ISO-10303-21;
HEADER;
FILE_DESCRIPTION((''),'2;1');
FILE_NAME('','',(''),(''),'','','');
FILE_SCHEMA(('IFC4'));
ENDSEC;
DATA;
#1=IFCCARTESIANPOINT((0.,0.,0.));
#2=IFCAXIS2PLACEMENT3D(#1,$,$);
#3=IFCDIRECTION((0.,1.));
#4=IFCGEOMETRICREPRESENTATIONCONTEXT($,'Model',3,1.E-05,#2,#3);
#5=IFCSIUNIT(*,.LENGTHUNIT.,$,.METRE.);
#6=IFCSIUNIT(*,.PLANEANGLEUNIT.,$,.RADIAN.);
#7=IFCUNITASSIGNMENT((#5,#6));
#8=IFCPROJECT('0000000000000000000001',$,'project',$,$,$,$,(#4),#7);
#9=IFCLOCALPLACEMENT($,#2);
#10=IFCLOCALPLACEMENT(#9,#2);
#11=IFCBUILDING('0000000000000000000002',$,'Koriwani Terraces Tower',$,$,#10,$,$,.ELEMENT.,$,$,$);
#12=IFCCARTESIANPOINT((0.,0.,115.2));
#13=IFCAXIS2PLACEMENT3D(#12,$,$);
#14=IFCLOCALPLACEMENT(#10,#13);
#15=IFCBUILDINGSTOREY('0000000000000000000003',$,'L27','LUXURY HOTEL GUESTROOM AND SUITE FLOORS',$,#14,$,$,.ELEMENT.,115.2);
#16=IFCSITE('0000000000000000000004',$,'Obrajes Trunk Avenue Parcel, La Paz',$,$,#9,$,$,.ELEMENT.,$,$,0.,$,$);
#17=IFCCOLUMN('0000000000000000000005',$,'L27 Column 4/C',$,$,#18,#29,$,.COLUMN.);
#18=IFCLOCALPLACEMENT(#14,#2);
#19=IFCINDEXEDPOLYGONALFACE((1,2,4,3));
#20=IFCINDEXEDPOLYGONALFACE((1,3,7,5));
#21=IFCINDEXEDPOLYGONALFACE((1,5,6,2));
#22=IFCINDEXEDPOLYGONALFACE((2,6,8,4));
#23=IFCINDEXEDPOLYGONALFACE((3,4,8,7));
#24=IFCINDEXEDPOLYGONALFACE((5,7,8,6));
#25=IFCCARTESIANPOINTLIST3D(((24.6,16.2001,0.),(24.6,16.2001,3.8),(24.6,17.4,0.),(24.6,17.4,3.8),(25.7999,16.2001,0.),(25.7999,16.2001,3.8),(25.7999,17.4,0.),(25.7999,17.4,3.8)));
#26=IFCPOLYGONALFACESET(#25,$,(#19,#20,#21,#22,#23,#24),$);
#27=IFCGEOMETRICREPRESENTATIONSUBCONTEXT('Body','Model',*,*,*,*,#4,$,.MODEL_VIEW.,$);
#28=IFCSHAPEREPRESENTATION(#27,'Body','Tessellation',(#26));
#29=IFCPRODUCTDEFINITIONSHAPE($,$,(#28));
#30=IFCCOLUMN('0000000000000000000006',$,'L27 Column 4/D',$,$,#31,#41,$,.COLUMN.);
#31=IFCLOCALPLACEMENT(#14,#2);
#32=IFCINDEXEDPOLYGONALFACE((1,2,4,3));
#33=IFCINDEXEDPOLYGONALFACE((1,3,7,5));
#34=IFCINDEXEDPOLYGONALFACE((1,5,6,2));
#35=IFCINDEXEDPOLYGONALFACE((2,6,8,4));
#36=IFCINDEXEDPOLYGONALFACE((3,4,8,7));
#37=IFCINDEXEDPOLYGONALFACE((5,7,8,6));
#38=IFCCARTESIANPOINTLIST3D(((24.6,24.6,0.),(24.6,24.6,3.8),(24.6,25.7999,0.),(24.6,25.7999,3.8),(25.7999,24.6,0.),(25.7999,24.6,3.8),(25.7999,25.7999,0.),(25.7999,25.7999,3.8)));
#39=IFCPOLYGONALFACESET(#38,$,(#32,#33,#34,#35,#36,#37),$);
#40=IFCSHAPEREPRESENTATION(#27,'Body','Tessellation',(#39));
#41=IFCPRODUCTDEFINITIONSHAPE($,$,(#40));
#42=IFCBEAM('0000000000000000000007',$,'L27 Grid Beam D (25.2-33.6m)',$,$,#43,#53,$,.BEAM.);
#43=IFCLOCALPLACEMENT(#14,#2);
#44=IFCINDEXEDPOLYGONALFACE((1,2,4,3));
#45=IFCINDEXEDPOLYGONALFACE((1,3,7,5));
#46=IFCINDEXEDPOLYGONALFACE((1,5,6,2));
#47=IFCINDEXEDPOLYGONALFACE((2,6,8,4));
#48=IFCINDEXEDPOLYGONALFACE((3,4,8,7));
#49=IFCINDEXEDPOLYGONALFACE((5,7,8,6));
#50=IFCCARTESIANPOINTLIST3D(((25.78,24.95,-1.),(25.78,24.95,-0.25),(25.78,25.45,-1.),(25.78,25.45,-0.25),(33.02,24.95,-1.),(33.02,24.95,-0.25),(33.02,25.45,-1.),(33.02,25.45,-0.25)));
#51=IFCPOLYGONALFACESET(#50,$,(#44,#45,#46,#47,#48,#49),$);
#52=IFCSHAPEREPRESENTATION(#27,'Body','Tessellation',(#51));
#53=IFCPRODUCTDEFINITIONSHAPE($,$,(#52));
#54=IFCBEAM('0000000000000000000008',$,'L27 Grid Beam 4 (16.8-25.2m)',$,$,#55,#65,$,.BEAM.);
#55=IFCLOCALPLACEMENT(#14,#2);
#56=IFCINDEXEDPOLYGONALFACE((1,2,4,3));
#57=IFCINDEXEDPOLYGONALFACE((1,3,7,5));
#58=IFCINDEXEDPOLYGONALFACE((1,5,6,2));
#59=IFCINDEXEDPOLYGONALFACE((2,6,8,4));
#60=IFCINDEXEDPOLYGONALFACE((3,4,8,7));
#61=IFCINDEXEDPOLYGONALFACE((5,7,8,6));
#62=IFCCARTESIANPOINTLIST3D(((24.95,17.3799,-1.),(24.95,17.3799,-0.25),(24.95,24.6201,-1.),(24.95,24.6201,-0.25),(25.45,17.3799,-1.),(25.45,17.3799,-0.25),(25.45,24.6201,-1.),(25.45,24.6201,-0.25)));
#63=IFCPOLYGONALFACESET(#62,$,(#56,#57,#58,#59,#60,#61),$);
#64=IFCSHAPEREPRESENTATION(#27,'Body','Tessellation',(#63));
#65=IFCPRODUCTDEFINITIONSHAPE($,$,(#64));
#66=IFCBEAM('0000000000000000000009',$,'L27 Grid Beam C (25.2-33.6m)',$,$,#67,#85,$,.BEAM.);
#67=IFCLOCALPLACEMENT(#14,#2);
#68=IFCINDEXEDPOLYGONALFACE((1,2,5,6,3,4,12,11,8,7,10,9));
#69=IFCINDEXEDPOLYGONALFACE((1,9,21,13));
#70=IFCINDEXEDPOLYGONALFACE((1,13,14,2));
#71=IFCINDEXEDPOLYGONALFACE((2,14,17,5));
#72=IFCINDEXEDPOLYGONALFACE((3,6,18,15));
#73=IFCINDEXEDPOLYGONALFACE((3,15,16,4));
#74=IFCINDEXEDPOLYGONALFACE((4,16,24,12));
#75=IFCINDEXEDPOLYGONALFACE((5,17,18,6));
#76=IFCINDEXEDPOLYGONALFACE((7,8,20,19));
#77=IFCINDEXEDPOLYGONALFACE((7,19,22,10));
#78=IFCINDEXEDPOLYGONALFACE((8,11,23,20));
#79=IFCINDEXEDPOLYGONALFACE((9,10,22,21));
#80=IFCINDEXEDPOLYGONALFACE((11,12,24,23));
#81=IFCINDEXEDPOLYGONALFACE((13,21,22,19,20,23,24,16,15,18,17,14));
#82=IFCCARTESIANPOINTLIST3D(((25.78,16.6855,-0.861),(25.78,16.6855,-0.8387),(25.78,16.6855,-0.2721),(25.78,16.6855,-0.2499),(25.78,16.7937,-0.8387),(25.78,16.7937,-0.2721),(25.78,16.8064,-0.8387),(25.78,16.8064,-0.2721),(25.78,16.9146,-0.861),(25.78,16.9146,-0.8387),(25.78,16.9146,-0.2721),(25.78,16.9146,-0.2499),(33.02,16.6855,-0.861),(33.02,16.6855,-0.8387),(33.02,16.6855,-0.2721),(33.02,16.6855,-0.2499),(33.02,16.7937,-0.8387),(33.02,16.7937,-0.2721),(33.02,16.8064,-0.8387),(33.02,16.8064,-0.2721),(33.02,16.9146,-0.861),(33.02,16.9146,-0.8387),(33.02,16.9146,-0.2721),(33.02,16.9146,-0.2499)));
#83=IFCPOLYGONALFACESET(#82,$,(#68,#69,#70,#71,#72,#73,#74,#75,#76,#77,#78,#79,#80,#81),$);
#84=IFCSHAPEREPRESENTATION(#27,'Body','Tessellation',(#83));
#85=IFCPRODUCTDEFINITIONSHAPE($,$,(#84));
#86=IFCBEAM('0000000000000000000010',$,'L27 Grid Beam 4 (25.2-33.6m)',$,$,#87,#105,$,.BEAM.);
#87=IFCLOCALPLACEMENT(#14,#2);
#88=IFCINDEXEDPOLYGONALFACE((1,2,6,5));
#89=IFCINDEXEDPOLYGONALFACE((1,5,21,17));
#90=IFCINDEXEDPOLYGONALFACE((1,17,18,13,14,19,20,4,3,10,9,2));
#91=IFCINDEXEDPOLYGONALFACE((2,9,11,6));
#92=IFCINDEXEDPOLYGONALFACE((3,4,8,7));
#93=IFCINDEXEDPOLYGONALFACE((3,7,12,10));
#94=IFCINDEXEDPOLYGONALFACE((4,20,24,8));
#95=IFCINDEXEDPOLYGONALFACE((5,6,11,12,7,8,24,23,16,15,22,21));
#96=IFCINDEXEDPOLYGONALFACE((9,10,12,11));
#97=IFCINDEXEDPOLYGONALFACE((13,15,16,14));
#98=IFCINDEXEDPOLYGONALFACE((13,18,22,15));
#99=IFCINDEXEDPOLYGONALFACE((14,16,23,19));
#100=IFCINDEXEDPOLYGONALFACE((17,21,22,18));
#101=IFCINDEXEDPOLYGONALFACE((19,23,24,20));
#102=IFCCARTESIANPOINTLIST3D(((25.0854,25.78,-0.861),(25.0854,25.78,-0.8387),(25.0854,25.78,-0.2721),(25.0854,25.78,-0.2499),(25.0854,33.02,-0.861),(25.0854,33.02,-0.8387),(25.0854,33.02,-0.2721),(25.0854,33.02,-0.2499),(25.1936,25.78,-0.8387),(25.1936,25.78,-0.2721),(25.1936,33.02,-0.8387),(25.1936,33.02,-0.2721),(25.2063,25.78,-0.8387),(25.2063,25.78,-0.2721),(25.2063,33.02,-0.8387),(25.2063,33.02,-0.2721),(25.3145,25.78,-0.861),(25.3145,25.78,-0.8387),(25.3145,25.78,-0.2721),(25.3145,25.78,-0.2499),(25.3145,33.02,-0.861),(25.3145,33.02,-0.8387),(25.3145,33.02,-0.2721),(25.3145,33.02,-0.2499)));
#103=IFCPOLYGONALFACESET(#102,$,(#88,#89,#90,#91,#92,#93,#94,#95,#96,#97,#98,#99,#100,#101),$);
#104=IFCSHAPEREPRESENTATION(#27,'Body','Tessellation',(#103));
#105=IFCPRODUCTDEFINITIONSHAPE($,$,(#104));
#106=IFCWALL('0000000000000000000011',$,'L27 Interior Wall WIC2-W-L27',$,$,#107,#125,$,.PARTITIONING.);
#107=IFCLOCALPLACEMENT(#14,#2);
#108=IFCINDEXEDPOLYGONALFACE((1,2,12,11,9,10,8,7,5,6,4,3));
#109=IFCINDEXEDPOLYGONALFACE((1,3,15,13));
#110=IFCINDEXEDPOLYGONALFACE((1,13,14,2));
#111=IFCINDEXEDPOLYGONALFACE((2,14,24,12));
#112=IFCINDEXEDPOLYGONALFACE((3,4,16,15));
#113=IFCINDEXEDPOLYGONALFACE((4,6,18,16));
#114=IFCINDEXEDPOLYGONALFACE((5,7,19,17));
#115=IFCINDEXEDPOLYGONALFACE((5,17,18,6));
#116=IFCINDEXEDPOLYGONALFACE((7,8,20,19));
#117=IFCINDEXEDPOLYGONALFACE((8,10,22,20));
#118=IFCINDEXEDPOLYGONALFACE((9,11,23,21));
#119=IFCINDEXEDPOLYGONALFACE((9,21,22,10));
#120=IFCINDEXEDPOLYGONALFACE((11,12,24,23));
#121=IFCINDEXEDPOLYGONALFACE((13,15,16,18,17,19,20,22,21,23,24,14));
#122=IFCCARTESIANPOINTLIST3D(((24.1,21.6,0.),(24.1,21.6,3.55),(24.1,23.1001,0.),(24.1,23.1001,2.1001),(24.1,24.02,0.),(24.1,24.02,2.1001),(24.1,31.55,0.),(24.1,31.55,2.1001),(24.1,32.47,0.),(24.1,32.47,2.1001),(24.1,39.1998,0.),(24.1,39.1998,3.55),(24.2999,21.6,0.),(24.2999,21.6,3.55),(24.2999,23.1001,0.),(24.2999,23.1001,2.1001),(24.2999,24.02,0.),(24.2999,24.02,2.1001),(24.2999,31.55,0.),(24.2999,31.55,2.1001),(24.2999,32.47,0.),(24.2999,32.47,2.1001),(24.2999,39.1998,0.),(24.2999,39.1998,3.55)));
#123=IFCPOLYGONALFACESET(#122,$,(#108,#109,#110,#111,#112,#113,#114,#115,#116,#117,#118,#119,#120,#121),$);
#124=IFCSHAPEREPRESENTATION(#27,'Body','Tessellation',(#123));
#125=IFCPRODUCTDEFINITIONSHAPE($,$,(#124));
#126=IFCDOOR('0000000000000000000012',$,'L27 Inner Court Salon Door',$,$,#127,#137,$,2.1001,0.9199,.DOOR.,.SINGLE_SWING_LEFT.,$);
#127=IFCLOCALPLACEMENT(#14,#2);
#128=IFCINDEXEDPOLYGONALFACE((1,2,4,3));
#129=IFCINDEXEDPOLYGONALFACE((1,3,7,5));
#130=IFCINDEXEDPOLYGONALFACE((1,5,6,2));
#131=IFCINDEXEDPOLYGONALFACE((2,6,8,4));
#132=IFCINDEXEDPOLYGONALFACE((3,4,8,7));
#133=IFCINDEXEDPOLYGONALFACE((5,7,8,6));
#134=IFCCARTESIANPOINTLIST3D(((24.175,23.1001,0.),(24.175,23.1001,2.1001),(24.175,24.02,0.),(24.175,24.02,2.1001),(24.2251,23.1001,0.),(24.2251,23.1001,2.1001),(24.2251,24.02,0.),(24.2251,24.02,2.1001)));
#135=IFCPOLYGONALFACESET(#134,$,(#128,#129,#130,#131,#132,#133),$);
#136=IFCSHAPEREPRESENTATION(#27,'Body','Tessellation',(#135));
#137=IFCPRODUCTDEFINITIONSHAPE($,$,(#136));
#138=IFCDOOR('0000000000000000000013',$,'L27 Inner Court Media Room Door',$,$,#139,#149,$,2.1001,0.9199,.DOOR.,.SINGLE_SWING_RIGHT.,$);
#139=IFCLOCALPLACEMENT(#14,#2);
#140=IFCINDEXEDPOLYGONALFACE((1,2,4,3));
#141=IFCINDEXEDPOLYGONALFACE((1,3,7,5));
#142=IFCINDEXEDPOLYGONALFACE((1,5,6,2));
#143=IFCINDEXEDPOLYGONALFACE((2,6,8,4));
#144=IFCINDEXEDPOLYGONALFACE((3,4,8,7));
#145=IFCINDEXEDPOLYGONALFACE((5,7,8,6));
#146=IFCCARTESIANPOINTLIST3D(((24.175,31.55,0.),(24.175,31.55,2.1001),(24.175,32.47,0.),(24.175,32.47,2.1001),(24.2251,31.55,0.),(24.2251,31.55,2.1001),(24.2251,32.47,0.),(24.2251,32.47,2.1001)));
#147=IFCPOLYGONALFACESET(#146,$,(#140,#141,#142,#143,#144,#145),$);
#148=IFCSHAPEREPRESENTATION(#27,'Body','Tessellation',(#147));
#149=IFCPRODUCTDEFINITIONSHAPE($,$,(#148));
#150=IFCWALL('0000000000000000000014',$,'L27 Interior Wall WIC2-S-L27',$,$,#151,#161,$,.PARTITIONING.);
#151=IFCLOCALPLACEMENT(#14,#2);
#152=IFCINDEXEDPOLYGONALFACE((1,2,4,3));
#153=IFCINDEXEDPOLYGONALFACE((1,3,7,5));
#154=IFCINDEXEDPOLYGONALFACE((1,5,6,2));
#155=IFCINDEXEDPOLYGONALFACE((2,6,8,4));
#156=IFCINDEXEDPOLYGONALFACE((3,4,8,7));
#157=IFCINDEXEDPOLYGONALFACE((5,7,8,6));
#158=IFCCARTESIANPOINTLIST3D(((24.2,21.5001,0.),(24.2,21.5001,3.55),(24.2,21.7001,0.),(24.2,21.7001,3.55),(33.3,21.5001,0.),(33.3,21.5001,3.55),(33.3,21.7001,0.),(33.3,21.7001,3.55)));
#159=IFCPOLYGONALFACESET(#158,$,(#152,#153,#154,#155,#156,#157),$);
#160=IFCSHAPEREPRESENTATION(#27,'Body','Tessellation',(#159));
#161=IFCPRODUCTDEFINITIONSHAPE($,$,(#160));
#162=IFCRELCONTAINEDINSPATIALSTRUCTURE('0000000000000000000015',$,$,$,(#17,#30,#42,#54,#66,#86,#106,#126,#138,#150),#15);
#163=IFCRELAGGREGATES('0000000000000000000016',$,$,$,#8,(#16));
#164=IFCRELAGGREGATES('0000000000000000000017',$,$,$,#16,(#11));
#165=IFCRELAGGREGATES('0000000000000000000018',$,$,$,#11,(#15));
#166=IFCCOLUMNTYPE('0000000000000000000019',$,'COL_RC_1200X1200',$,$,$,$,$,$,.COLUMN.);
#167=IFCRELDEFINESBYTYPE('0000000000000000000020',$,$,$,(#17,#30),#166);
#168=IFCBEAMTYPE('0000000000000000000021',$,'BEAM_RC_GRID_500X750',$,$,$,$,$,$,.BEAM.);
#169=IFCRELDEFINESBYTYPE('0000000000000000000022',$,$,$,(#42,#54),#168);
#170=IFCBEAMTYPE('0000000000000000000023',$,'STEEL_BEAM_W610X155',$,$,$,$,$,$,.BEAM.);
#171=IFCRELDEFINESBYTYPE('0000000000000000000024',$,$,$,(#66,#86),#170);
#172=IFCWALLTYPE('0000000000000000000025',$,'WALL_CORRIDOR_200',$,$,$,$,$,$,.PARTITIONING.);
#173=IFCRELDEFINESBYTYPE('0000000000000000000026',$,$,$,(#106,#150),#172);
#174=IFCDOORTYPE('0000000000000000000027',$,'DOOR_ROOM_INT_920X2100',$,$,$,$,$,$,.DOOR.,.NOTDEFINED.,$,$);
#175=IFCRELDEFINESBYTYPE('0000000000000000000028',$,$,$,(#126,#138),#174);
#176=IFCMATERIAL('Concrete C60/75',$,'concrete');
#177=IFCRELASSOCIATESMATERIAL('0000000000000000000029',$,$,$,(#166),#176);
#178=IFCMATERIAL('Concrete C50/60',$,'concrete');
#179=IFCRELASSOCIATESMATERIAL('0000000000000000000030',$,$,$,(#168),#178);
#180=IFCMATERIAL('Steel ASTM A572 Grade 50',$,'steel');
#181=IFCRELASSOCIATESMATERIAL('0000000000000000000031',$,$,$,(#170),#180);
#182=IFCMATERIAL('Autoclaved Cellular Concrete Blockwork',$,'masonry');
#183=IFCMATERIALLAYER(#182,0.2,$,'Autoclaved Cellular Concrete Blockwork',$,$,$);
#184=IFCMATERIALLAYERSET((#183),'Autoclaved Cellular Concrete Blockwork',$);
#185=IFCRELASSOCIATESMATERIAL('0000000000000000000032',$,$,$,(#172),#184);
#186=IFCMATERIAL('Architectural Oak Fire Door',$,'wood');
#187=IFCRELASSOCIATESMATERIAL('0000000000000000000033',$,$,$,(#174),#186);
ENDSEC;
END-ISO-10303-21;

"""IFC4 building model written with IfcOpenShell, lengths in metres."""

from ifc_helpers import new_model, si_unit, direction, frame, frame_2d, origin, origin_2d, place, context, subcontext, project, spatial, rectangle, i_section, extrude, material, layer, layer_set, material_profile, profile_set, type_object, element, fill, save


model = new_model("IFC4")

# Units and contexts
model_context = context("Model", 3, precision=1e-05, world=origin(), true_north=direction((0.0, 1.0)))
body_context = subcontext(model_context, "Body", "Model", "MODEL_VIEW")
ifc_project = project(units=[si_unit("LENGTHUNIT", "METRE"), si_unit("PLANEANGLEUNIT", "RADIAN")], contexts=[model_context])

# Site, building, storey
site_placement = place(None, origin())
site = spatial("IfcSite", under=ifc_project, at=site_placement, Name="Obrajes Trunk Avenue Parcel, La Paz", CompositionType="ELEMENT", RefElevation=0.0)
building_placement = place(site_placement, origin())
building = spatial("IfcBuilding", under=site, at=building_placement, Name="Koriwani Terraces Tower", CompositionType="ELEMENT")
storey_placement = place(building_placement, frame((0.0, 0.0, 115.2)))
storey = spatial("IfcBuildingStorey", under=building, at=storey_placement, Name="L27", Description="LUXURY HOTEL GUESTROOM AND SUITE FLOORS", CompositionType="ELEMENT", Elevation=115.2)

# Columns
ifc_material_1 = material(Name="Concrete C60/75", Category="concrete")
ifc_material_profile_1 = material_profile(ifc_material_1, rectangle(XDim=1.2, YDim=1.2, at=origin_2d()), Name="Concrete C60/75", Category="LoadBearing")
ifc_profile_set_1 = profile_set([ifc_material_profile_1], Name="Concrete C60/75")
column_type = type_object("IfcColumnType", Name="COL_RC_1200X1200", PredefinedType="COLUMN", material=ifc_profile_set_1)
for number, where, z_axis, x_axis, name in (
    (1, (25.2, 16.8, 0.0), (0.0, 0.0, 1.0), (1.0, 0.0, 0.0), "L27 Column 4/C"),
    (2, (25.2, 25.2, 0.0), (0.0, 0.0, 1.0), (1.0, 0.0, 0.0), "L27 Column 4/D"),
):
    element("IfcColumn", number, at=place(storey_placement, frame(where, z_axis=z_axis, x_axis=x_axis)), inside=storey, type_object=column_type, Name=name, PredefinedType="COLUMN", context=body_context, shape_type="SweptSolid", body=[
        extrude(rectangle(XDim=1.2, YDim=1.2, at=origin_2d()), origin(), (0.0, 0.0, 1.0), 3.8),
    ])

# Beams
ifc_material_2 = material(Name="Concrete C50/60", Category="concrete")
ifc_material_profile_2 = material_profile(ifc_material_2, rectangle(XDim=0.5, YDim=0.75, at=origin_2d()), Name="Concrete C50/60", Category="LoadBearing")
ifc_profile_set_2 = profile_set([ifc_material_profile_2], Name="Concrete C50/60")
beam_type_1 = type_object("IfcBeamType", Name="BEAM_RC_GRID_500X750", PredefinedType="BEAM", material=ifc_profile_set_2)
beam_1_placement = place(storey_placement, frame((25.78, 25.2, -0.625), z_axis=(1.0, 0.0, 0.0), x_axis=(0.0, 1.0, 0.0)))
element("IfcBeam", 3, at=beam_1_placement, inside=storey, type_object=beam_type_1, Name="L27 Grid Beam D (25.2-33.6m)", PredefinedType="BEAM", context=body_context, shape_type="SweptSolid", body=[
    extrude(rectangle(XDim=0.5, YDim=0.75, at=origin_2d()), origin(), (0.0, 0.0, 1.0), 7.24),
])
beam_2_placement = place(storey_placement, frame((25.2, 17.3799, -0.625), z_axis=(0.0, 1.0, 0.0), x_axis=(-1.0, 0.0, 0.0)))
element("IfcBeam", 4, at=beam_2_placement, inside=storey, type_object=beam_type_1, Name="L27 Grid Beam 4 (16.8-25.2m)", PredefinedType="BEAM", context=body_context, shape_type="SweptSolid", body=[
    extrude(rectangle(XDim=0.5, YDim=0.75, at=origin_2d()), origin(), (0.0, 0.0, 1.0), 7.2402),
])
ifc_material_3 = material(Name="Steel ASTM A572 Grade 50", Category="steel")
ifc_material_profile_3 = material_profile(ifc_material_3, i_section(OverallWidth=0.229, OverallDepth=0.6111, WebThickness=0.0127, FlangeThickness=0.0222, at=origin_2d()), Name="Steel ASTM A572 Grade 50", Category="LoadBearing")
ifc_profile_set_3 = profile_set([ifc_material_profile_3], Name="Steel ASTM A572 Grade 50")
beam_type_2 = type_object("IfcBeamType", Name="STEEL_BEAM_W610X155", PredefinedType="BEAM", material=ifc_profile_set_3)
for number, where, z_axis, x_axis, name in (
    (5, (25.78, 16.8, -0.5554), (1.0, 0.0, 0.0), (0.0, 1.0, 0.0), "L27 Grid Beam C (25.2-33.6m)"),
    (6, (25.2, 25.78, -0.5554), (0.0, 1.0, 0.0), (-1.0, 0.0, 0.0), "L27 Grid Beam 4 (25.2-33.6m)"),
):
    element("IfcBeam", number, at=place(storey_placement, frame(where, z_axis=z_axis, x_axis=x_axis)), inside=storey, type_object=beam_type_2, Name=name, PredefinedType="BEAM", context=body_context, shape_type="SweptSolid", body=[
        extrude(i_section(OverallWidth=0.229, OverallDepth=0.6111, WebThickness=0.0127, FlangeThickness=0.0222, at=origin_2d()), origin(), (0.0, 0.0, 1.0), 7.24),
    ])

# Wall, openings, doors
ifc_material_4 = material(Name="Autoclaved Cellular Concrete Blockwork", Category="masonry")
ifc_layer_1 = layer(ifc_material_4, 0.2, Name="Autoclaved Cellular Concrete Blockwork")
ifc_layer_set_1 = layer_set([ifc_layer_1], Name="Autoclaved Cellular Concrete Blockwork")
wall_type_1 = type_object("IfcWallType", Name="WALL_CORRIDOR_200", PredefinedType="PARTITIONING", material=ifc_layer_set_1)
wall_1_placement = place(storey_placement, frame((24.2, 21.6001, 0.0), z_axis=(0.0, 0.0, 1.0), x_axis=(0.0, 1.0, 0.0)))
wall_1 = element("IfcWall", 7, at=wall_1_placement, inside=storey, type_object=wall_type_1, Name="L27 Interior Wall WIC2-W-L27", PredefinedType="PARTITIONING", context=body_context, shape_type="SweptSolid", body=[
    extrude(rectangle(XDim=17.5999, YDim=0.2, at=frame_2d((8.7998, 0.0))), origin(), (0.0, 0.0, 1.0), 3.55),
])
opening_1_placement = place(wall_1_placement, frame((1.5, 0.0, 0.0)))
opening_1 = element("IfcOpeningElement", 8, at=opening_1_placement, cuts=wall_1, PredefinedType="OPENING", context=body_context, shape_type="SweptSolid", body=[
    extrude(rectangle(XDim=0.9199, YDim=2.1001, at=frame_2d((0.46, 1.05))), frame((0.0, 0.1099, 0.0), z_axis=(0.0, -1.0, 0.0), x_axis=(1.0, 0.0, 0.0)), (0.0, 0.0, 1.0), 0.22),
])
opening_2_placement = place(wall_1_placement, frame((9.95, 0.0, 0.0)))
opening_2 = element("IfcOpeningElement", 9, at=opening_2_placement, cuts=wall_1, PredefinedType="OPENING", context=body_context, shape_type="SweptSolid", body=[
    extrude(rectangle(XDim=0.9199, YDim=2.1001, at=frame_2d((0.46, 1.05))), frame((0.0, 0.1099, 0.0), z_axis=(0.0, -1.0, 0.0), x_axis=(1.0, 0.0, 0.0)), (0.0, 0.0, 1.0), 0.22),
])
ifc_material_5 = material(Name="Architectural Oak Fire Door", Category="wood")
door_type_1 = type_object("IfcDoorType", Name="DOOR_ROOM_INT_920X2100", OperationType="NOTDEFINED", PredefinedType="DOOR", material=ifc_material_5)
door_1_placement = place(opening_1_placement, origin())
door_1 = element("IfcDoor", 10, at=door_1_placement, inside=storey, type_object=door_type_1, Name="L27 Inner Court Salon Door", OperationType="SINGLE_SWING_LEFT", OverallHeight=2.1001, OverallWidth=0.9199, PredefinedType="DOOR", context=body_context, shape_type="SweptSolid", body=[
    extrude(rectangle(XDim=0.9199, YDim=2.1001, at=frame_2d((0.46, 1.05))), frame((0.0, 0.0249, 0.0), z_axis=(0.0, -1.0, 0.0), x_axis=(1.0, 0.0, 0.0)), (0.0, 0.0, 1.0), 0.05),
])
fill(opening_1, door_1)
door_2_placement = place(opening_2_placement, origin())
door_2 = element("IfcDoor", 11, at=door_2_placement, inside=storey, type_object=door_type_1, Name="L27 Inner Court Media Room Door", OperationType="SINGLE_SWING_RIGHT", OverallHeight=2.1001, OverallWidth=0.9199, PredefinedType="DOOR", context=body_context, shape_type="SweptSolid", body=[
    extrude(rectangle(XDim=0.9199, YDim=2.1001, at=frame_2d((0.46, 1.05))), frame((0.0, 0.0249, 0.0), z_axis=(0.0, -1.0, 0.0), x_axis=(1.0, 0.0, 0.0)), (0.0, 0.0, 1.0), 0.05),
])
fill(opening_2, door_2)

# Wall
wall_2_placement = place(storey_placement, frame((24.2, 21.6001, 0.0), z_axis=(0.0, 0.0, 1.0), x_axis=(1.0, 0.0, 0.0)))
element("IfcWall", 12, at=wall_2_placement, inside=storey, type_object=wall_type_1, Name="L27 Interior Wall WIC2-S-L27", PredefinedType="PARTITIONING", context=body_context, shape_type="SweptSolid", body=[
    extrude(rectangle(XDim=9.1001, YDim=0.2, at=frame_2d((4.55, 0.0))), origin(), (0.0, 0.0, 1.0), 3.55),
])

save(model, "model.ifc")
